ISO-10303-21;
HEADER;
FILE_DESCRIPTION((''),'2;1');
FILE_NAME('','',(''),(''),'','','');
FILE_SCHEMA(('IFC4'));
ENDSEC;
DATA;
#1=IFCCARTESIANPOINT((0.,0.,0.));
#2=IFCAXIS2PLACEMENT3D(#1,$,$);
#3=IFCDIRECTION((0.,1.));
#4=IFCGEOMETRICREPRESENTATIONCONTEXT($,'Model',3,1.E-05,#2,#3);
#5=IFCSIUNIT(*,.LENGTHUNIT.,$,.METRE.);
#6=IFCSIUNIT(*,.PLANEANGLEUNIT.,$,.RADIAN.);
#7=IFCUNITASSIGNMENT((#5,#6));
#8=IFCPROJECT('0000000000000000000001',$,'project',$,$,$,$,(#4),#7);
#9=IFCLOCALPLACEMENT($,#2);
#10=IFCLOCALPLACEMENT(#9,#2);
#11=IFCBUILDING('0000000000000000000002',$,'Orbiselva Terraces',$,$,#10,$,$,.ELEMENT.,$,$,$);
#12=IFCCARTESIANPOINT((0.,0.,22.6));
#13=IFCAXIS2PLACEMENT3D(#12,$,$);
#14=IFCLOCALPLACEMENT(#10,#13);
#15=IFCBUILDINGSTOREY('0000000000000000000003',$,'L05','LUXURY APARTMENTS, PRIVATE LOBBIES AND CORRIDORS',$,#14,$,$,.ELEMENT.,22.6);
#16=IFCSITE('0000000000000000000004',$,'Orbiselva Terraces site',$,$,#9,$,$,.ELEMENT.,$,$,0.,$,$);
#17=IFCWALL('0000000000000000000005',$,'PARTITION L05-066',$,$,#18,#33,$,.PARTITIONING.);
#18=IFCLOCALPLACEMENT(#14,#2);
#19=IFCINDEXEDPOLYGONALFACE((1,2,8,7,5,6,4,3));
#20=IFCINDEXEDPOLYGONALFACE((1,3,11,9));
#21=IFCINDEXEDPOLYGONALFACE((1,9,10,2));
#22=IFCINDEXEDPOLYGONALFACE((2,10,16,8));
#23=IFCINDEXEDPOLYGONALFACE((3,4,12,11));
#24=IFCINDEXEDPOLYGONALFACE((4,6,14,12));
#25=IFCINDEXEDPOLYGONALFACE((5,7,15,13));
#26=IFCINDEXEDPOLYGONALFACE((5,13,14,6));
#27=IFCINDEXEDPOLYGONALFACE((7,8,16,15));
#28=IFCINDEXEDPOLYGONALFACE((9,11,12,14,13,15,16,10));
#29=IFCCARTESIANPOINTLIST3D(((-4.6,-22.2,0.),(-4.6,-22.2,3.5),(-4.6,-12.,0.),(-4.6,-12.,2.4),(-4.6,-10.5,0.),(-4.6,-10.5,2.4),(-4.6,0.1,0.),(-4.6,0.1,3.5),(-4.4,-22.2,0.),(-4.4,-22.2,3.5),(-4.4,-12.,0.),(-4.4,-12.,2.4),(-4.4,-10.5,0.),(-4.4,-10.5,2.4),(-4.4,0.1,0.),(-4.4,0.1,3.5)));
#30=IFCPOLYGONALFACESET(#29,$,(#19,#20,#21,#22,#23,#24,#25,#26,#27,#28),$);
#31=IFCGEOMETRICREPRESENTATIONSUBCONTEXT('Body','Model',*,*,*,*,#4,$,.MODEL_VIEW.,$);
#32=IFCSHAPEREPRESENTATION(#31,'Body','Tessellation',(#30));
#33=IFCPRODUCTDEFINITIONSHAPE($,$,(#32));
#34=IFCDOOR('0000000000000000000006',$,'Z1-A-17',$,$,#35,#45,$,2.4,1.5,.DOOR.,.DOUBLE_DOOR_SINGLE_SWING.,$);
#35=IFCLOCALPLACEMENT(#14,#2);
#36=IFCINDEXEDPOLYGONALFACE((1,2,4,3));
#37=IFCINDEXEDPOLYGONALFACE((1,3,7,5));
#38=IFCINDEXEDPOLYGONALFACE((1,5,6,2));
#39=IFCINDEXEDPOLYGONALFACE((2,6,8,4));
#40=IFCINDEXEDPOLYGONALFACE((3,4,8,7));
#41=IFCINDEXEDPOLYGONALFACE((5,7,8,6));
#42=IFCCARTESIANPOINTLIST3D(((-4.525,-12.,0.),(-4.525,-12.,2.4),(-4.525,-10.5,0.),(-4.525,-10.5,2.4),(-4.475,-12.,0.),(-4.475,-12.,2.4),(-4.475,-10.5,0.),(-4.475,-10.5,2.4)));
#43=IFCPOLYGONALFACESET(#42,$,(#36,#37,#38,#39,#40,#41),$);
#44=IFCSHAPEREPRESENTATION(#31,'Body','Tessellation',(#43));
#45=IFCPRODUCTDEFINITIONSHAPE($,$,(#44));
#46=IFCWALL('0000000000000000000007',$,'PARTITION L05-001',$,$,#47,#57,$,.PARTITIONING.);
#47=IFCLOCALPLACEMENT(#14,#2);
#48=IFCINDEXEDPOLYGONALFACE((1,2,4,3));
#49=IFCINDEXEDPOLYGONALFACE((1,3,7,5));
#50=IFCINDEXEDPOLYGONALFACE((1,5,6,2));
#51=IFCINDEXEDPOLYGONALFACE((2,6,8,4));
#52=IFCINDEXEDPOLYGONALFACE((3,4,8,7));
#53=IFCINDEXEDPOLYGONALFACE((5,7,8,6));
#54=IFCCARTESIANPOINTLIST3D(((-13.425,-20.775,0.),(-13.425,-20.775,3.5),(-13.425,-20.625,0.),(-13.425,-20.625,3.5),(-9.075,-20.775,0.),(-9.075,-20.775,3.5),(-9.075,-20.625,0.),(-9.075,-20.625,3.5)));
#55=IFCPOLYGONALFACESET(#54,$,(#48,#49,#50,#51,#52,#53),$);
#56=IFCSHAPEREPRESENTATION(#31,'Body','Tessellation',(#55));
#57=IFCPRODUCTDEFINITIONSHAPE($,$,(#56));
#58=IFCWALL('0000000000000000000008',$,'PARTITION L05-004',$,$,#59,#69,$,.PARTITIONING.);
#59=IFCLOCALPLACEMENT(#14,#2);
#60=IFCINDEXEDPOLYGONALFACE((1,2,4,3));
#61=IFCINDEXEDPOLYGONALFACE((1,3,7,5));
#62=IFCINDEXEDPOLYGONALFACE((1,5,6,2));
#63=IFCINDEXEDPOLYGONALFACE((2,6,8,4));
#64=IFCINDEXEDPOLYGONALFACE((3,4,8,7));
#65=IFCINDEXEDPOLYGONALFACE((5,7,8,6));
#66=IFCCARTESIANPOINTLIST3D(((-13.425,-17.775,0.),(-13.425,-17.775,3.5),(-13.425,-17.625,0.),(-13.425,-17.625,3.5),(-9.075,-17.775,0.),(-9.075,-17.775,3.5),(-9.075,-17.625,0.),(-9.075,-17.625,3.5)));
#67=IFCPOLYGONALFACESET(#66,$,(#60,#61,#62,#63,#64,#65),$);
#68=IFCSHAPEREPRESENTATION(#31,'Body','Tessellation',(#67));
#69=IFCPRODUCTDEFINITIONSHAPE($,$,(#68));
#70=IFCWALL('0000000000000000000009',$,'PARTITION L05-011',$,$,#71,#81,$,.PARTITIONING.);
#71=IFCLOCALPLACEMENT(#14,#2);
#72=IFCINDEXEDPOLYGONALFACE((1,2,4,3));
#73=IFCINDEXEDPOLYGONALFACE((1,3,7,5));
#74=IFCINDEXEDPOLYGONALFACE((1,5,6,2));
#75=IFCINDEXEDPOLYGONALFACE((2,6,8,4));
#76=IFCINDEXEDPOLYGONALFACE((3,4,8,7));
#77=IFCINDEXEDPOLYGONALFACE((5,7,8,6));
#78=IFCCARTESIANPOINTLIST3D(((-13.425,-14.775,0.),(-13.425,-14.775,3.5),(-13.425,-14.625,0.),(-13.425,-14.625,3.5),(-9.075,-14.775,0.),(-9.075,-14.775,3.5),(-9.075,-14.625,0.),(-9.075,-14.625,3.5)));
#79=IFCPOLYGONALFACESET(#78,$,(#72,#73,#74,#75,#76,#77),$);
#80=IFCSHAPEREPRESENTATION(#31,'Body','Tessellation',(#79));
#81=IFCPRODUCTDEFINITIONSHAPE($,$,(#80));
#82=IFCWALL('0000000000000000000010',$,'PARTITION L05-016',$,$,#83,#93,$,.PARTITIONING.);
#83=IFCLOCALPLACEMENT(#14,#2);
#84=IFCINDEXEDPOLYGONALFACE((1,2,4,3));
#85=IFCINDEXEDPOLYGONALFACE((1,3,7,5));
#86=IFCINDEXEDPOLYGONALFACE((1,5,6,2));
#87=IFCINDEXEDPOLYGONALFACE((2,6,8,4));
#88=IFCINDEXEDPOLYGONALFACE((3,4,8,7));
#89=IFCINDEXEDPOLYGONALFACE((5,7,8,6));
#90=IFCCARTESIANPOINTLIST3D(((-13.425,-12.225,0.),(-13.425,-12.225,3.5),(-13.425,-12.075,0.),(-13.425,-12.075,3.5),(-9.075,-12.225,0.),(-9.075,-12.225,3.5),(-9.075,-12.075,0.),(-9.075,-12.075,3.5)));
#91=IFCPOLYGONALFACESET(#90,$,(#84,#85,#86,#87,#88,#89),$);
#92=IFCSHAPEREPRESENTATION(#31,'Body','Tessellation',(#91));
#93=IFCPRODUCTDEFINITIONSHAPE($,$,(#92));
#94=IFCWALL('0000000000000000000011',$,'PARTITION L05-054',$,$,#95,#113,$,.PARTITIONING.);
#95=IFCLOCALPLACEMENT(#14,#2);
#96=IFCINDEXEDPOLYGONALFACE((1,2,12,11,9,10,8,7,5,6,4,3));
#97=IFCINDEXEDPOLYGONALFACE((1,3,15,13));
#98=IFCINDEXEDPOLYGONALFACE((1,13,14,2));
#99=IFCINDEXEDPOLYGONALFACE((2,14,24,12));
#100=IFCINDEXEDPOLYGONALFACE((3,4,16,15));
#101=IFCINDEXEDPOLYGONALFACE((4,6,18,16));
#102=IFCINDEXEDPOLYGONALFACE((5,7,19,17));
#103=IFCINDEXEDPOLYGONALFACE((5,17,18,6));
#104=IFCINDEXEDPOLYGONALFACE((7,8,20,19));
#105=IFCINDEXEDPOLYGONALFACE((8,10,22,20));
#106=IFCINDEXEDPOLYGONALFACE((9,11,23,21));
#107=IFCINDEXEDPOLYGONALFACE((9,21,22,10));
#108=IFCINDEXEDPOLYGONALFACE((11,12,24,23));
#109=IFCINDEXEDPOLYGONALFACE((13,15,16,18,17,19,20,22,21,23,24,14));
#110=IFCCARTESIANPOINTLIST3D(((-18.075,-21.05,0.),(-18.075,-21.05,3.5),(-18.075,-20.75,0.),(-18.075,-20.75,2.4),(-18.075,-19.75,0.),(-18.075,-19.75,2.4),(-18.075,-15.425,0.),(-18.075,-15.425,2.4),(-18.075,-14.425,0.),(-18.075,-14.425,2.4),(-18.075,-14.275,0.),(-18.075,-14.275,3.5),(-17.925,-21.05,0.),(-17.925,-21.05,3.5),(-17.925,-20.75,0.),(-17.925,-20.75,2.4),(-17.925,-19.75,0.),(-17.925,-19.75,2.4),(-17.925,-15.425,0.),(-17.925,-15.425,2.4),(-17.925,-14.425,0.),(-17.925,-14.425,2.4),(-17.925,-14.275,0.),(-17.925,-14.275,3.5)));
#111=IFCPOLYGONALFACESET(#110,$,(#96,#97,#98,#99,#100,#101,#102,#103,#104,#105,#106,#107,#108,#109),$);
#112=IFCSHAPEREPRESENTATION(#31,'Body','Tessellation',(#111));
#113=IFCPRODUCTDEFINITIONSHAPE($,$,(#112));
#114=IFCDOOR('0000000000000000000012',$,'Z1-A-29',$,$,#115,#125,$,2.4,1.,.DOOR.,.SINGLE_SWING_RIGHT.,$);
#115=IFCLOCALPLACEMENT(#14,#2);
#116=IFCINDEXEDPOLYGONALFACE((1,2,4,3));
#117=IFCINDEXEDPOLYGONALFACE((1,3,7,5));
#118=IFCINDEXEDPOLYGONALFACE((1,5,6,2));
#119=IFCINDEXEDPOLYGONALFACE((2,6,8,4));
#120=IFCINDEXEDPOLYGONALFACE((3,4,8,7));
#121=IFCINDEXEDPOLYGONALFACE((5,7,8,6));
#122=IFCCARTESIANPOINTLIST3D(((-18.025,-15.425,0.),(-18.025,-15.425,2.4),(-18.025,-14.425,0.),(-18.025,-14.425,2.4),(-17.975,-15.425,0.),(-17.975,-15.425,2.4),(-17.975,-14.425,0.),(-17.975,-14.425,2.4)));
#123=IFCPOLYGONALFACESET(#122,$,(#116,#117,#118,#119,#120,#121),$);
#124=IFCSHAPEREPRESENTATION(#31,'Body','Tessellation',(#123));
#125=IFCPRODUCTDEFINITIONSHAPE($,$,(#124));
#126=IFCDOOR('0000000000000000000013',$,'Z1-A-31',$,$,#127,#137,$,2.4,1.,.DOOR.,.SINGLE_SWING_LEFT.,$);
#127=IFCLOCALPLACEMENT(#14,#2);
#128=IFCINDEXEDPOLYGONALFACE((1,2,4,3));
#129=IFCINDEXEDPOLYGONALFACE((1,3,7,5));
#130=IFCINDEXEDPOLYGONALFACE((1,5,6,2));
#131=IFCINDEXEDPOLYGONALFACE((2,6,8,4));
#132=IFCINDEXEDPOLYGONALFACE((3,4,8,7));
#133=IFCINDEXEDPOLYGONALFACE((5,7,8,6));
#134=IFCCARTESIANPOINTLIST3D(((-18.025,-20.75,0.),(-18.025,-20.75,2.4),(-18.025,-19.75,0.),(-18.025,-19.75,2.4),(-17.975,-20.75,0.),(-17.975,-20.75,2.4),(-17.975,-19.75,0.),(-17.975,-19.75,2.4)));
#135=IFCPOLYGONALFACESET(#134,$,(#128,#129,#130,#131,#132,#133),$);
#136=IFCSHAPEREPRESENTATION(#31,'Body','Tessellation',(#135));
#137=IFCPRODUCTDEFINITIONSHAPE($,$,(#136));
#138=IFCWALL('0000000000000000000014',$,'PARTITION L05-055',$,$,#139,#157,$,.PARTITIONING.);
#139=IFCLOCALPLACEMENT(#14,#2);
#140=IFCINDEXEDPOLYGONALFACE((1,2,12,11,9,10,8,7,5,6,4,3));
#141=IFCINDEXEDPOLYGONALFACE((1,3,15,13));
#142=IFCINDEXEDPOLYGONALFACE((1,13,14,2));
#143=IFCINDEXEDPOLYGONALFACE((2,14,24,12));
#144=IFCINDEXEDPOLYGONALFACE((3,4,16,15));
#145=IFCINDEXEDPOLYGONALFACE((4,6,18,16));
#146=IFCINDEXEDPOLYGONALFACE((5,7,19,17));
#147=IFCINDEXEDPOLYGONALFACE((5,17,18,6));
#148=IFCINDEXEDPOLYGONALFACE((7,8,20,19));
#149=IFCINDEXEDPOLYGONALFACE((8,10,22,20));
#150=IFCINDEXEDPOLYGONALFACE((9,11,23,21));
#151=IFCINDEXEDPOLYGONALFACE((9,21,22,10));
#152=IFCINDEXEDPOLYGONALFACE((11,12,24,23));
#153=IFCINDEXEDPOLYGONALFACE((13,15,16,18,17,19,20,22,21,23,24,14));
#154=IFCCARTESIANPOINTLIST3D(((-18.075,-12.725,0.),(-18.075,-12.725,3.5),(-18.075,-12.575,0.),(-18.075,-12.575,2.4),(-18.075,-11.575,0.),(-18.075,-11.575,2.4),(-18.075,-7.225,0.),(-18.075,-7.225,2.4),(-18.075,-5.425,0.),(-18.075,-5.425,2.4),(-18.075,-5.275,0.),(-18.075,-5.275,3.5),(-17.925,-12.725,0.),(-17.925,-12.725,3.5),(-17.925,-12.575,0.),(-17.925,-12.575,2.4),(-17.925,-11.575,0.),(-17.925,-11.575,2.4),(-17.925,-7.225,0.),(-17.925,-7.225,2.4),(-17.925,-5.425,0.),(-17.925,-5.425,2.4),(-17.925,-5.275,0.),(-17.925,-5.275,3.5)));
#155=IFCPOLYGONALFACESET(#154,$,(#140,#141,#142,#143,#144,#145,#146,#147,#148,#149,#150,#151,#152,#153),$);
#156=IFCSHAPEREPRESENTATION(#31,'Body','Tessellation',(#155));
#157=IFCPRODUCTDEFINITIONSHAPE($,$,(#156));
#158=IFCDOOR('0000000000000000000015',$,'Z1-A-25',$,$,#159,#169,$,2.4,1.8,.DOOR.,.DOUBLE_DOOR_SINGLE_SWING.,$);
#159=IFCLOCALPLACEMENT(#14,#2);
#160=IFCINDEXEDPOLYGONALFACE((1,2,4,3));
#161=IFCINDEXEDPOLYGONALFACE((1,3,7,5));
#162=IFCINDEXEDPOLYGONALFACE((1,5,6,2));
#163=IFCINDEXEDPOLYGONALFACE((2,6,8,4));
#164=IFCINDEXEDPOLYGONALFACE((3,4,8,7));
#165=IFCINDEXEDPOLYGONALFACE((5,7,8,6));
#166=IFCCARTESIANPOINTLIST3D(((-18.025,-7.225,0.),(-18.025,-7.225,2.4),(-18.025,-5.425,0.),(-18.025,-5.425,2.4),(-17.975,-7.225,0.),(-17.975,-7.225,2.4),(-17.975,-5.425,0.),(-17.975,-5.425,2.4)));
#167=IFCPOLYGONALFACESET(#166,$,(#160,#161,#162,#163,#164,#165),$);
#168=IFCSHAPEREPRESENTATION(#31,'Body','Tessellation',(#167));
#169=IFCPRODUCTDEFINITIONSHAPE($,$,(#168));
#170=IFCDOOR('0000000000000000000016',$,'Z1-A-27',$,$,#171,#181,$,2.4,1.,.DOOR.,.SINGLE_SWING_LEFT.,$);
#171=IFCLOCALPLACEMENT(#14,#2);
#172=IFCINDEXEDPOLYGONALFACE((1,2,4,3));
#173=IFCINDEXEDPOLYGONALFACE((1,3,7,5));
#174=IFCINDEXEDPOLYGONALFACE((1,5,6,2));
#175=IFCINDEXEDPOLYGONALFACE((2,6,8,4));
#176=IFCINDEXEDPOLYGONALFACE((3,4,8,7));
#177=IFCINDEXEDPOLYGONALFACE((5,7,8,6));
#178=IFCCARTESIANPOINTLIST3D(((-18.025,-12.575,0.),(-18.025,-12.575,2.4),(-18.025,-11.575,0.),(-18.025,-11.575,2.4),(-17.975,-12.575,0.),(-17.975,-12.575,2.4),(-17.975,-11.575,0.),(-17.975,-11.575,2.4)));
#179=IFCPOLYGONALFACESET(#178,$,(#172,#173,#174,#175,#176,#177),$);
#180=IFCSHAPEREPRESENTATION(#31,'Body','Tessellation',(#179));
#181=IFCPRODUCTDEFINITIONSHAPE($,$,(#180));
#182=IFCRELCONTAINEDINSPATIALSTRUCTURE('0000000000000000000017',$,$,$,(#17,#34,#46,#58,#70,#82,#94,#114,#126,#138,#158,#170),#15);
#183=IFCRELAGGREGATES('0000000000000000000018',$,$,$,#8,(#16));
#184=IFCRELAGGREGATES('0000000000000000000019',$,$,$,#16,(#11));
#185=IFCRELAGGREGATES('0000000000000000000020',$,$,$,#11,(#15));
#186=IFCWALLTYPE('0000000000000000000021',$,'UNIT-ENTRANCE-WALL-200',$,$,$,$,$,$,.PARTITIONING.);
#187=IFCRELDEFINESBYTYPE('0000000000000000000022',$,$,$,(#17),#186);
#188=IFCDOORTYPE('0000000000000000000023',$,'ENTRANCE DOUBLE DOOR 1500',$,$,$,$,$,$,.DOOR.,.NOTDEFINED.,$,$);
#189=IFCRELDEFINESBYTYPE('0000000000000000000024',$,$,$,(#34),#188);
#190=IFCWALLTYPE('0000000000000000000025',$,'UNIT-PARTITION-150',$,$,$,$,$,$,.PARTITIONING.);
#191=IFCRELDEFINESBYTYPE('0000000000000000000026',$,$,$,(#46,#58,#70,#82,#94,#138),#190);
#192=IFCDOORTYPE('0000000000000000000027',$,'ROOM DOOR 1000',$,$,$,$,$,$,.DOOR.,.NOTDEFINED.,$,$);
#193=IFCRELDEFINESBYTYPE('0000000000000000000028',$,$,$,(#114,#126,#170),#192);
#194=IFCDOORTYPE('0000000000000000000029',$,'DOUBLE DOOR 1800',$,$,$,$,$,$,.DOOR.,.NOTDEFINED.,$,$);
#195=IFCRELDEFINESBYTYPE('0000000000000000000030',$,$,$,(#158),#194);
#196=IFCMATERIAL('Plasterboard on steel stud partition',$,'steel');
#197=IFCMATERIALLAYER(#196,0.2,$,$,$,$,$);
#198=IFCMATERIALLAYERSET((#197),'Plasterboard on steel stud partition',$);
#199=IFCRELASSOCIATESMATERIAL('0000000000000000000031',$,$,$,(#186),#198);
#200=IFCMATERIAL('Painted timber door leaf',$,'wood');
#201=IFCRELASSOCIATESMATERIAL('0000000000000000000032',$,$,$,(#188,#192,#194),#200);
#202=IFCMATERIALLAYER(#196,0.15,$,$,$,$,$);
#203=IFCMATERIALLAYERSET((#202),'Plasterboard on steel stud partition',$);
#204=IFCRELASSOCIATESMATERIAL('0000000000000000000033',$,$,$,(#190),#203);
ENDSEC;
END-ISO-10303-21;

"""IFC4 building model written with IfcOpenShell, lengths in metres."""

from ifc_helpers import new_model, si_unit, direction, frame, frame_2d, origin, place, context, subcontext, project, spatial, rectangle, extrude, material, layer, layer_set, type_object, element, fill, save


model = new_model("IFC4")

# Units and contexts
model_context = context("Model", 3, precision=1e-05, world=origin(), true_north=direction((0.0, 1.0)))
body_context = subcontext(model_context, "Body", "Model", "MODEL_VIEW")
ifc_project = project(units=[si_unit("LENGTHUNIT", "METRE"), si_unit("PLANEANGLEUNIT", "RADIAN")], contexts=[model_context])

# Site, building, storey
site_placement = place(None, origin())
site = spatial("IfcSite", under=ifc_project, at=site_placement, Name="Orbiselva Terraces site", CompositionType="ELEMENT", RefElevation=0.0)
building_placement = place(site_placement, origin())
building = spatial("IfcBuilding", under=site, at=building_placement, Name="Orbiselva Terraces", CompositionType="ELEMENT")
storey_placement = place(building_placement, frame((0.0, 0.0, 22.6)))
storey = spatial("IfcBuildingStorey", under=building, at=storey_placement, Name="L05", Description="LUXURY APARTMENTS, PRIVATE LOBBIES AND CORRIDORS", CompositionType="ELEMENT", Elevation=22.6)

# Wall, opening, door
ifc_material_1 = material(Name="Plasterboard on steel stud partition", Category="steel")
ifc_layer_1 = layer(ifc_material_1, 0.2)
ifc_layer_set_1 = layer_set([ifc_layer_1], Name="Plasterboard on steel stud partition")
wall_type_1 = type_object("IfcWallType", Name="UNIT-ENTRANCE-WALL-200", PredefinedType="PARTITIONING", material=ifc_layer_set_1)
wall_1_placement = place(storey_placement, frame((-4.5, -22.2, 0.0), z_axis=(0.0, 0.0, 1.0), x_axis=(0.0, 1.0, 0.0)))
wall_1 = element("IfcWall", 1, at=wall_1_placement, inside=storey, type_object=wall_type_1, Name="PARTITION L05-066", PredefinedType="PARTITIONING", context=body_context, shape_type="SweptSolid", body=[
    extrude(rectangle(XDim=22.3, YDim=0.2, at=frame_2d((11.15, 0.0))), origin(), (0.0, 0.0, 1.0), 3.5),
])
opening_1_placement = place(wall_1_placement, frame((10.2, 0.0, 0.0)))
opening_1 = element("IfcOpeningElement", 2, at=opening_1_placement, cuts=wall_1, PredefinedType="OPENING", context=body_context, shape_type="SweptSolid", body=[
    extrude(rectangle(XDim=1.5, YDim=2.4, at=frame_2d((0.75, 1.2))), frame((0.0, 0.11, 0.0), z_axis=(0.0, -1.0, 0.0), x_axis=(1.0, 0.0, 0.0)), (0.0, 0.0, 1.0), 0.22),
])
ifc_material_2 = material(Name="Painted timber door leaf", Category="wood")
door_type_1 = type_object("IfcDoorType", Name="ENTRANCE DOUBLE DOOR 1500", OperationType="NOTDEFINED", PredefinedType="DOOR", material=ifc_material_2)
door_1_placement = place(opening_1_placement, origin())
door_1 = element("IfcDoor", 3, at=door_1_placement, inside=storey, type_object=door_type_1, Name="Z1-A-17", OperationType="DOUBLE_DOOR_SINGLE_SWING", OverallHeight=2.4, OverallWidth=1.5, PredefinedType="DOOR", context=body_context, shape_type="SweptSolid", body=[
    extrude(rectangle(XDim=1.5, YDim=2.4, at=frame_2d((0.75, 1.2))), frame((0.0, 0.025, 0.0), z_axis=(0.0, -1.0, 0.0), x_axis=(1.0, 0.0, 0.0)), (0.0, 0.0, 1.0), 0.05),
])
fill(opening_1, door_1)

# Walls
ifc_layer_2 = layer(ifc_material_1, 0.15)
ifc_layer_set_2 = layer_set([ifc_layer_2], Name="Plasterboard on steel stud partition")
wall_type_2 = type_object("IfcWallType", Name="UNIT-PARTITION-150", PredefinedType="PARTITIONING", material=ifc_layer_set_2)
for number, where, z_axis, x_axis, name in (
    (4, (-13.425, -20.7, 0.0), (0.0, 0.0, 1.0), (1.0, 0.0, 0.0), "PARTITION L05-001"),
    (5, (-13.425, -17.7, 0.0), (0.0, 0.0, 1.0), (1.0, 0.0, 0.0), "PARTITION L05-004"),
    (6, (-13.425, -14.7, 0.0), (0.0, 0.0, 1.0), (1.0, 0.0, 0.0), "PARTITION L05-011"),
    (7, (-13.425, -12.15, 0.0), (0.0, 0.0, 1.0), (1.0, 0.0, 0.0), "PARTITION L05-016"),
):
    element("IfcWall", number, at=place(storey_placement, frame(where, z_axis=z_axis, x_axis=x_axis)), inside=storey, type_object=wall_type_2, Name=name, PredefinedType="PARTITIONING", context=body_context, shape_type="SweptSolid", body=[
        extrude(rectangle(XDim=4.35, YDim=0.15, at=frame_2d((2.175, 0.0))), origin(), (0.0, 0.0, 1.0), 3.5),
    ])

# Walls, openings, doors
wall_2_placement = place(storey_placement, frame((-18.0, -21.05, 0.0), z_axis=(0.0, 0.0, 1.0), x_axis=(0.0, 1.0, 0.0)))
wall_2 = element("IfcWall", 8, at=wall_2_placement, inside=storey, type_object=wall_type_2, Name="PARTITION L05-054", PredefinedType="PARTITIONING", context=body_context, shape_type="SweptSolid", body=[
    extrude(rectangle(XDim=6.775, YDim=0.15, at=frame_2d((3.3875, 0.0))), origin(), (0.0, 0.0, 1.0), 3.5),
])
opening_2_placement = place(wall_2_placement, frame((5.625, 0.0, 0.0)))
opening_2 = element("IfcOpeningElement", 9, at=opening_2_placement, cuts=wall_2, PredefinedType="OPENING", context=body_context, shape_type="SweptSolid", body=[
    extrude(rectangle(XDim=1.0, YDim=2.4, at=frame_2d((0.5, 1.2))), frame((0.0, 0.085, 0.0), z_axis=(0.0, -1.0, 0.0), x_axis=(1.0, 0.0, 0.0)), (0.0, 0.0, 1.0), 0.17),
])
opening_3_placement = place(wall_2_placement, frame((0.3, 0.0, 0.0)))
opening_3 = element("IfcOpeningElement", 10, at=opening_3_placement, cuts=wall_2, PredefinedType="OPENING", context=body_context, shape_type="SweptSolid", body=[
    extrude(rectangle(XDim=1.0, YDim=2.4, at=frame_2d((0.5, 1.2))), frame((0.0, 0.085, 0.0), z_axis=(0.0, -1.0, 0.0), x_axis=(1.0, 0.0, 0.0)), (0.0, 0.0, 1.0), 0.17),
])
door_type_2 = type_object("IfcDoorType", Name="ROOM DOOR 1000", OperationType="NOTDEFINED", PredefinedType="DOOR", material=ifc_material_2)
door_2_placement = place(opening_2_placement, origin())
door_2 = element("IfcDoor", 11, at=door_2_placement, inside=storey, type_object=door_type_2, Name="Z1-A-29", OperationType="SINGLE_SWING_RIGHT", OverallHeight=2.4, OverallWidth=1.0, PredefinedType="DOOR", context=body_context, shape_type="SweptSolid", body=[
    extrude(rectangle(XDim=1.0, YDim=2.4, at=frame_2d((0.5, 1.2))), frame((0.0, 0.025, 0.0), z_axis=(0.0, -1.0, 0.0), x_axis=(1.0, 0.0, 0.0)), (0.0, 0.0, 1.0), 0.05),
])
fill(opening_2, door_2)
door_3_placement = place(opening_3_placement, origin())
door_3 = element("IfcDoor", 12, at=door_3_placement, inside=storey, type_object=door_type_2, Name="Z1-A-31", OperationType="SINGLE_SWING_LEFT", OverallHeight=2.4, OverallWidth=1.0, PredefinedType="DOOR", context=body_context, shape_type="SweptSolid", body=[
    extrude(rectangle(XDim=1.0, YDim=2.4, at=frame_2d((0.5, 1.2))), frame((0.0, 0.025, 0.0), z_axis=(0.0, -1.0, 0.0), x_axis=(1.0, 0.0, 0.0)), (0.0, 0.0, 1.0), 0.05),
])
fill(opening_3, door_3)
wall_3_placement = place(storey_placement, frame((-18.0, -12.725, 0.0), z_axis=(0.0, 0.0, 1.0), x_axis=(0.0, 1.0, 0.0)))
wall_3 = element("IfcWall", 13, at=wall_3_placement, inside=storey, type_object=wall_type_2, Name="PARTITION L05-055", PredefinedType="PARTITIONING", context=body_context, shape_type="SweptSolid", body=[
    extrude(rectangle(XDim=7.45, YDim=0.15, at=frame_2d((3.725, 0.0))), origin(), (0.0, 0.0, 1.0), 3.5),
])
opening_4_placement = place(wall_3_placement, frame((5.5, 0.0, 0.0)))
opening_4 = element("IfcOpeningElement", 14, at=opening_4_placement, cuts=wall_3, PredefinedType="OPENING", context=body_context, shape_type="SweptSolid", body=[
    extrude(rectangle(XDim=1.8, YDim=2.4, at=frame_2d((0.9, 1.2))), frame((0.0, 0.085, 0.0), z_axis=(0.0, -1.0, 0.0), x_axis=(1.0, 0.0, 0.0)), (0.0, 0.0, 1.0), 0.17),
])
opening_5_placement = place(wall_3_placement, frame((0.15, 0.0, 0.0)))
opening_5 = element("IfcOpeningElement", 15, at=opening_5_placement, cuts=wall_3, PredefinedType="OPENING", context=body_context, shape_type="SweptSolid", body=[
    extrude(rectangle(XDim=1.0, YDim=2.4, at=frame_2d((0.5, 1.2))), frame((0.0, 0.085, 0.0), z_axis=(0.0, -1.0, 0.0), x_axis=(1.0, 0.0, 0.0)), (0.0, 0.0, 1.0), 0.17),
])
door_type_3 = type_object("IfcDoorType", Name="DOUBLE DOOR 1800", OperationType="NOTDEFINED", PredefinedType="DOOR", material=ifc_material_2)
door_4_placement = place(opening_4_placement, origin())
door_4 = element("IfcDoor", 16, at=door_4_placement, inside=storey, type_object=door_type_3, Name="Z1-A-25", OperationType="DOUBLE_DOOR_SINGLE_SWING", OverallHeight=2.4, OverallWidth=1.8, PredefinedType="DOOR", context=body_context, shape_type="SweptSolid", body=[
    extrude(rectangle(XDim=1.8, YDim=2.4, at=frame_2d((0.9, 1.2))), frame((0.0, 0.025, 0.0), z_axis=(0.0, -1.0, 0.0), x_axis=(1.0, 0.0, 0.0)), (0.0, 0.0, 1.0), 0.05),
])
fill(opening_4, door_4)
door_5_placement = place(opening_5_placement, origin())
door_5 = element("IfcDoor", 17, at=door_5_placement, inside=storey, type_object=door_type_2, Name="Z1-A-27", OperationType="SINGLE_SWING_LEFT", OverallHeight=2.4, OverallWidth=1.0, PredefinedType="DOOR", context=body_context, shape_type="SweptSolid", body=[
    extrude(rectangle(XDim=1.0, YDim=2.4, at=frame_2d((0.5, 1.2))), frame((0.0, 0.025, 0.0), z_axis=(0.0, -1.0, 0.0), x_axis=(1.0, 0.0, 0.0)), (0.0, 0.0, 1.0), 0.05),
])
fill(opening_5, door_5)

save(model, "model.ifc")
